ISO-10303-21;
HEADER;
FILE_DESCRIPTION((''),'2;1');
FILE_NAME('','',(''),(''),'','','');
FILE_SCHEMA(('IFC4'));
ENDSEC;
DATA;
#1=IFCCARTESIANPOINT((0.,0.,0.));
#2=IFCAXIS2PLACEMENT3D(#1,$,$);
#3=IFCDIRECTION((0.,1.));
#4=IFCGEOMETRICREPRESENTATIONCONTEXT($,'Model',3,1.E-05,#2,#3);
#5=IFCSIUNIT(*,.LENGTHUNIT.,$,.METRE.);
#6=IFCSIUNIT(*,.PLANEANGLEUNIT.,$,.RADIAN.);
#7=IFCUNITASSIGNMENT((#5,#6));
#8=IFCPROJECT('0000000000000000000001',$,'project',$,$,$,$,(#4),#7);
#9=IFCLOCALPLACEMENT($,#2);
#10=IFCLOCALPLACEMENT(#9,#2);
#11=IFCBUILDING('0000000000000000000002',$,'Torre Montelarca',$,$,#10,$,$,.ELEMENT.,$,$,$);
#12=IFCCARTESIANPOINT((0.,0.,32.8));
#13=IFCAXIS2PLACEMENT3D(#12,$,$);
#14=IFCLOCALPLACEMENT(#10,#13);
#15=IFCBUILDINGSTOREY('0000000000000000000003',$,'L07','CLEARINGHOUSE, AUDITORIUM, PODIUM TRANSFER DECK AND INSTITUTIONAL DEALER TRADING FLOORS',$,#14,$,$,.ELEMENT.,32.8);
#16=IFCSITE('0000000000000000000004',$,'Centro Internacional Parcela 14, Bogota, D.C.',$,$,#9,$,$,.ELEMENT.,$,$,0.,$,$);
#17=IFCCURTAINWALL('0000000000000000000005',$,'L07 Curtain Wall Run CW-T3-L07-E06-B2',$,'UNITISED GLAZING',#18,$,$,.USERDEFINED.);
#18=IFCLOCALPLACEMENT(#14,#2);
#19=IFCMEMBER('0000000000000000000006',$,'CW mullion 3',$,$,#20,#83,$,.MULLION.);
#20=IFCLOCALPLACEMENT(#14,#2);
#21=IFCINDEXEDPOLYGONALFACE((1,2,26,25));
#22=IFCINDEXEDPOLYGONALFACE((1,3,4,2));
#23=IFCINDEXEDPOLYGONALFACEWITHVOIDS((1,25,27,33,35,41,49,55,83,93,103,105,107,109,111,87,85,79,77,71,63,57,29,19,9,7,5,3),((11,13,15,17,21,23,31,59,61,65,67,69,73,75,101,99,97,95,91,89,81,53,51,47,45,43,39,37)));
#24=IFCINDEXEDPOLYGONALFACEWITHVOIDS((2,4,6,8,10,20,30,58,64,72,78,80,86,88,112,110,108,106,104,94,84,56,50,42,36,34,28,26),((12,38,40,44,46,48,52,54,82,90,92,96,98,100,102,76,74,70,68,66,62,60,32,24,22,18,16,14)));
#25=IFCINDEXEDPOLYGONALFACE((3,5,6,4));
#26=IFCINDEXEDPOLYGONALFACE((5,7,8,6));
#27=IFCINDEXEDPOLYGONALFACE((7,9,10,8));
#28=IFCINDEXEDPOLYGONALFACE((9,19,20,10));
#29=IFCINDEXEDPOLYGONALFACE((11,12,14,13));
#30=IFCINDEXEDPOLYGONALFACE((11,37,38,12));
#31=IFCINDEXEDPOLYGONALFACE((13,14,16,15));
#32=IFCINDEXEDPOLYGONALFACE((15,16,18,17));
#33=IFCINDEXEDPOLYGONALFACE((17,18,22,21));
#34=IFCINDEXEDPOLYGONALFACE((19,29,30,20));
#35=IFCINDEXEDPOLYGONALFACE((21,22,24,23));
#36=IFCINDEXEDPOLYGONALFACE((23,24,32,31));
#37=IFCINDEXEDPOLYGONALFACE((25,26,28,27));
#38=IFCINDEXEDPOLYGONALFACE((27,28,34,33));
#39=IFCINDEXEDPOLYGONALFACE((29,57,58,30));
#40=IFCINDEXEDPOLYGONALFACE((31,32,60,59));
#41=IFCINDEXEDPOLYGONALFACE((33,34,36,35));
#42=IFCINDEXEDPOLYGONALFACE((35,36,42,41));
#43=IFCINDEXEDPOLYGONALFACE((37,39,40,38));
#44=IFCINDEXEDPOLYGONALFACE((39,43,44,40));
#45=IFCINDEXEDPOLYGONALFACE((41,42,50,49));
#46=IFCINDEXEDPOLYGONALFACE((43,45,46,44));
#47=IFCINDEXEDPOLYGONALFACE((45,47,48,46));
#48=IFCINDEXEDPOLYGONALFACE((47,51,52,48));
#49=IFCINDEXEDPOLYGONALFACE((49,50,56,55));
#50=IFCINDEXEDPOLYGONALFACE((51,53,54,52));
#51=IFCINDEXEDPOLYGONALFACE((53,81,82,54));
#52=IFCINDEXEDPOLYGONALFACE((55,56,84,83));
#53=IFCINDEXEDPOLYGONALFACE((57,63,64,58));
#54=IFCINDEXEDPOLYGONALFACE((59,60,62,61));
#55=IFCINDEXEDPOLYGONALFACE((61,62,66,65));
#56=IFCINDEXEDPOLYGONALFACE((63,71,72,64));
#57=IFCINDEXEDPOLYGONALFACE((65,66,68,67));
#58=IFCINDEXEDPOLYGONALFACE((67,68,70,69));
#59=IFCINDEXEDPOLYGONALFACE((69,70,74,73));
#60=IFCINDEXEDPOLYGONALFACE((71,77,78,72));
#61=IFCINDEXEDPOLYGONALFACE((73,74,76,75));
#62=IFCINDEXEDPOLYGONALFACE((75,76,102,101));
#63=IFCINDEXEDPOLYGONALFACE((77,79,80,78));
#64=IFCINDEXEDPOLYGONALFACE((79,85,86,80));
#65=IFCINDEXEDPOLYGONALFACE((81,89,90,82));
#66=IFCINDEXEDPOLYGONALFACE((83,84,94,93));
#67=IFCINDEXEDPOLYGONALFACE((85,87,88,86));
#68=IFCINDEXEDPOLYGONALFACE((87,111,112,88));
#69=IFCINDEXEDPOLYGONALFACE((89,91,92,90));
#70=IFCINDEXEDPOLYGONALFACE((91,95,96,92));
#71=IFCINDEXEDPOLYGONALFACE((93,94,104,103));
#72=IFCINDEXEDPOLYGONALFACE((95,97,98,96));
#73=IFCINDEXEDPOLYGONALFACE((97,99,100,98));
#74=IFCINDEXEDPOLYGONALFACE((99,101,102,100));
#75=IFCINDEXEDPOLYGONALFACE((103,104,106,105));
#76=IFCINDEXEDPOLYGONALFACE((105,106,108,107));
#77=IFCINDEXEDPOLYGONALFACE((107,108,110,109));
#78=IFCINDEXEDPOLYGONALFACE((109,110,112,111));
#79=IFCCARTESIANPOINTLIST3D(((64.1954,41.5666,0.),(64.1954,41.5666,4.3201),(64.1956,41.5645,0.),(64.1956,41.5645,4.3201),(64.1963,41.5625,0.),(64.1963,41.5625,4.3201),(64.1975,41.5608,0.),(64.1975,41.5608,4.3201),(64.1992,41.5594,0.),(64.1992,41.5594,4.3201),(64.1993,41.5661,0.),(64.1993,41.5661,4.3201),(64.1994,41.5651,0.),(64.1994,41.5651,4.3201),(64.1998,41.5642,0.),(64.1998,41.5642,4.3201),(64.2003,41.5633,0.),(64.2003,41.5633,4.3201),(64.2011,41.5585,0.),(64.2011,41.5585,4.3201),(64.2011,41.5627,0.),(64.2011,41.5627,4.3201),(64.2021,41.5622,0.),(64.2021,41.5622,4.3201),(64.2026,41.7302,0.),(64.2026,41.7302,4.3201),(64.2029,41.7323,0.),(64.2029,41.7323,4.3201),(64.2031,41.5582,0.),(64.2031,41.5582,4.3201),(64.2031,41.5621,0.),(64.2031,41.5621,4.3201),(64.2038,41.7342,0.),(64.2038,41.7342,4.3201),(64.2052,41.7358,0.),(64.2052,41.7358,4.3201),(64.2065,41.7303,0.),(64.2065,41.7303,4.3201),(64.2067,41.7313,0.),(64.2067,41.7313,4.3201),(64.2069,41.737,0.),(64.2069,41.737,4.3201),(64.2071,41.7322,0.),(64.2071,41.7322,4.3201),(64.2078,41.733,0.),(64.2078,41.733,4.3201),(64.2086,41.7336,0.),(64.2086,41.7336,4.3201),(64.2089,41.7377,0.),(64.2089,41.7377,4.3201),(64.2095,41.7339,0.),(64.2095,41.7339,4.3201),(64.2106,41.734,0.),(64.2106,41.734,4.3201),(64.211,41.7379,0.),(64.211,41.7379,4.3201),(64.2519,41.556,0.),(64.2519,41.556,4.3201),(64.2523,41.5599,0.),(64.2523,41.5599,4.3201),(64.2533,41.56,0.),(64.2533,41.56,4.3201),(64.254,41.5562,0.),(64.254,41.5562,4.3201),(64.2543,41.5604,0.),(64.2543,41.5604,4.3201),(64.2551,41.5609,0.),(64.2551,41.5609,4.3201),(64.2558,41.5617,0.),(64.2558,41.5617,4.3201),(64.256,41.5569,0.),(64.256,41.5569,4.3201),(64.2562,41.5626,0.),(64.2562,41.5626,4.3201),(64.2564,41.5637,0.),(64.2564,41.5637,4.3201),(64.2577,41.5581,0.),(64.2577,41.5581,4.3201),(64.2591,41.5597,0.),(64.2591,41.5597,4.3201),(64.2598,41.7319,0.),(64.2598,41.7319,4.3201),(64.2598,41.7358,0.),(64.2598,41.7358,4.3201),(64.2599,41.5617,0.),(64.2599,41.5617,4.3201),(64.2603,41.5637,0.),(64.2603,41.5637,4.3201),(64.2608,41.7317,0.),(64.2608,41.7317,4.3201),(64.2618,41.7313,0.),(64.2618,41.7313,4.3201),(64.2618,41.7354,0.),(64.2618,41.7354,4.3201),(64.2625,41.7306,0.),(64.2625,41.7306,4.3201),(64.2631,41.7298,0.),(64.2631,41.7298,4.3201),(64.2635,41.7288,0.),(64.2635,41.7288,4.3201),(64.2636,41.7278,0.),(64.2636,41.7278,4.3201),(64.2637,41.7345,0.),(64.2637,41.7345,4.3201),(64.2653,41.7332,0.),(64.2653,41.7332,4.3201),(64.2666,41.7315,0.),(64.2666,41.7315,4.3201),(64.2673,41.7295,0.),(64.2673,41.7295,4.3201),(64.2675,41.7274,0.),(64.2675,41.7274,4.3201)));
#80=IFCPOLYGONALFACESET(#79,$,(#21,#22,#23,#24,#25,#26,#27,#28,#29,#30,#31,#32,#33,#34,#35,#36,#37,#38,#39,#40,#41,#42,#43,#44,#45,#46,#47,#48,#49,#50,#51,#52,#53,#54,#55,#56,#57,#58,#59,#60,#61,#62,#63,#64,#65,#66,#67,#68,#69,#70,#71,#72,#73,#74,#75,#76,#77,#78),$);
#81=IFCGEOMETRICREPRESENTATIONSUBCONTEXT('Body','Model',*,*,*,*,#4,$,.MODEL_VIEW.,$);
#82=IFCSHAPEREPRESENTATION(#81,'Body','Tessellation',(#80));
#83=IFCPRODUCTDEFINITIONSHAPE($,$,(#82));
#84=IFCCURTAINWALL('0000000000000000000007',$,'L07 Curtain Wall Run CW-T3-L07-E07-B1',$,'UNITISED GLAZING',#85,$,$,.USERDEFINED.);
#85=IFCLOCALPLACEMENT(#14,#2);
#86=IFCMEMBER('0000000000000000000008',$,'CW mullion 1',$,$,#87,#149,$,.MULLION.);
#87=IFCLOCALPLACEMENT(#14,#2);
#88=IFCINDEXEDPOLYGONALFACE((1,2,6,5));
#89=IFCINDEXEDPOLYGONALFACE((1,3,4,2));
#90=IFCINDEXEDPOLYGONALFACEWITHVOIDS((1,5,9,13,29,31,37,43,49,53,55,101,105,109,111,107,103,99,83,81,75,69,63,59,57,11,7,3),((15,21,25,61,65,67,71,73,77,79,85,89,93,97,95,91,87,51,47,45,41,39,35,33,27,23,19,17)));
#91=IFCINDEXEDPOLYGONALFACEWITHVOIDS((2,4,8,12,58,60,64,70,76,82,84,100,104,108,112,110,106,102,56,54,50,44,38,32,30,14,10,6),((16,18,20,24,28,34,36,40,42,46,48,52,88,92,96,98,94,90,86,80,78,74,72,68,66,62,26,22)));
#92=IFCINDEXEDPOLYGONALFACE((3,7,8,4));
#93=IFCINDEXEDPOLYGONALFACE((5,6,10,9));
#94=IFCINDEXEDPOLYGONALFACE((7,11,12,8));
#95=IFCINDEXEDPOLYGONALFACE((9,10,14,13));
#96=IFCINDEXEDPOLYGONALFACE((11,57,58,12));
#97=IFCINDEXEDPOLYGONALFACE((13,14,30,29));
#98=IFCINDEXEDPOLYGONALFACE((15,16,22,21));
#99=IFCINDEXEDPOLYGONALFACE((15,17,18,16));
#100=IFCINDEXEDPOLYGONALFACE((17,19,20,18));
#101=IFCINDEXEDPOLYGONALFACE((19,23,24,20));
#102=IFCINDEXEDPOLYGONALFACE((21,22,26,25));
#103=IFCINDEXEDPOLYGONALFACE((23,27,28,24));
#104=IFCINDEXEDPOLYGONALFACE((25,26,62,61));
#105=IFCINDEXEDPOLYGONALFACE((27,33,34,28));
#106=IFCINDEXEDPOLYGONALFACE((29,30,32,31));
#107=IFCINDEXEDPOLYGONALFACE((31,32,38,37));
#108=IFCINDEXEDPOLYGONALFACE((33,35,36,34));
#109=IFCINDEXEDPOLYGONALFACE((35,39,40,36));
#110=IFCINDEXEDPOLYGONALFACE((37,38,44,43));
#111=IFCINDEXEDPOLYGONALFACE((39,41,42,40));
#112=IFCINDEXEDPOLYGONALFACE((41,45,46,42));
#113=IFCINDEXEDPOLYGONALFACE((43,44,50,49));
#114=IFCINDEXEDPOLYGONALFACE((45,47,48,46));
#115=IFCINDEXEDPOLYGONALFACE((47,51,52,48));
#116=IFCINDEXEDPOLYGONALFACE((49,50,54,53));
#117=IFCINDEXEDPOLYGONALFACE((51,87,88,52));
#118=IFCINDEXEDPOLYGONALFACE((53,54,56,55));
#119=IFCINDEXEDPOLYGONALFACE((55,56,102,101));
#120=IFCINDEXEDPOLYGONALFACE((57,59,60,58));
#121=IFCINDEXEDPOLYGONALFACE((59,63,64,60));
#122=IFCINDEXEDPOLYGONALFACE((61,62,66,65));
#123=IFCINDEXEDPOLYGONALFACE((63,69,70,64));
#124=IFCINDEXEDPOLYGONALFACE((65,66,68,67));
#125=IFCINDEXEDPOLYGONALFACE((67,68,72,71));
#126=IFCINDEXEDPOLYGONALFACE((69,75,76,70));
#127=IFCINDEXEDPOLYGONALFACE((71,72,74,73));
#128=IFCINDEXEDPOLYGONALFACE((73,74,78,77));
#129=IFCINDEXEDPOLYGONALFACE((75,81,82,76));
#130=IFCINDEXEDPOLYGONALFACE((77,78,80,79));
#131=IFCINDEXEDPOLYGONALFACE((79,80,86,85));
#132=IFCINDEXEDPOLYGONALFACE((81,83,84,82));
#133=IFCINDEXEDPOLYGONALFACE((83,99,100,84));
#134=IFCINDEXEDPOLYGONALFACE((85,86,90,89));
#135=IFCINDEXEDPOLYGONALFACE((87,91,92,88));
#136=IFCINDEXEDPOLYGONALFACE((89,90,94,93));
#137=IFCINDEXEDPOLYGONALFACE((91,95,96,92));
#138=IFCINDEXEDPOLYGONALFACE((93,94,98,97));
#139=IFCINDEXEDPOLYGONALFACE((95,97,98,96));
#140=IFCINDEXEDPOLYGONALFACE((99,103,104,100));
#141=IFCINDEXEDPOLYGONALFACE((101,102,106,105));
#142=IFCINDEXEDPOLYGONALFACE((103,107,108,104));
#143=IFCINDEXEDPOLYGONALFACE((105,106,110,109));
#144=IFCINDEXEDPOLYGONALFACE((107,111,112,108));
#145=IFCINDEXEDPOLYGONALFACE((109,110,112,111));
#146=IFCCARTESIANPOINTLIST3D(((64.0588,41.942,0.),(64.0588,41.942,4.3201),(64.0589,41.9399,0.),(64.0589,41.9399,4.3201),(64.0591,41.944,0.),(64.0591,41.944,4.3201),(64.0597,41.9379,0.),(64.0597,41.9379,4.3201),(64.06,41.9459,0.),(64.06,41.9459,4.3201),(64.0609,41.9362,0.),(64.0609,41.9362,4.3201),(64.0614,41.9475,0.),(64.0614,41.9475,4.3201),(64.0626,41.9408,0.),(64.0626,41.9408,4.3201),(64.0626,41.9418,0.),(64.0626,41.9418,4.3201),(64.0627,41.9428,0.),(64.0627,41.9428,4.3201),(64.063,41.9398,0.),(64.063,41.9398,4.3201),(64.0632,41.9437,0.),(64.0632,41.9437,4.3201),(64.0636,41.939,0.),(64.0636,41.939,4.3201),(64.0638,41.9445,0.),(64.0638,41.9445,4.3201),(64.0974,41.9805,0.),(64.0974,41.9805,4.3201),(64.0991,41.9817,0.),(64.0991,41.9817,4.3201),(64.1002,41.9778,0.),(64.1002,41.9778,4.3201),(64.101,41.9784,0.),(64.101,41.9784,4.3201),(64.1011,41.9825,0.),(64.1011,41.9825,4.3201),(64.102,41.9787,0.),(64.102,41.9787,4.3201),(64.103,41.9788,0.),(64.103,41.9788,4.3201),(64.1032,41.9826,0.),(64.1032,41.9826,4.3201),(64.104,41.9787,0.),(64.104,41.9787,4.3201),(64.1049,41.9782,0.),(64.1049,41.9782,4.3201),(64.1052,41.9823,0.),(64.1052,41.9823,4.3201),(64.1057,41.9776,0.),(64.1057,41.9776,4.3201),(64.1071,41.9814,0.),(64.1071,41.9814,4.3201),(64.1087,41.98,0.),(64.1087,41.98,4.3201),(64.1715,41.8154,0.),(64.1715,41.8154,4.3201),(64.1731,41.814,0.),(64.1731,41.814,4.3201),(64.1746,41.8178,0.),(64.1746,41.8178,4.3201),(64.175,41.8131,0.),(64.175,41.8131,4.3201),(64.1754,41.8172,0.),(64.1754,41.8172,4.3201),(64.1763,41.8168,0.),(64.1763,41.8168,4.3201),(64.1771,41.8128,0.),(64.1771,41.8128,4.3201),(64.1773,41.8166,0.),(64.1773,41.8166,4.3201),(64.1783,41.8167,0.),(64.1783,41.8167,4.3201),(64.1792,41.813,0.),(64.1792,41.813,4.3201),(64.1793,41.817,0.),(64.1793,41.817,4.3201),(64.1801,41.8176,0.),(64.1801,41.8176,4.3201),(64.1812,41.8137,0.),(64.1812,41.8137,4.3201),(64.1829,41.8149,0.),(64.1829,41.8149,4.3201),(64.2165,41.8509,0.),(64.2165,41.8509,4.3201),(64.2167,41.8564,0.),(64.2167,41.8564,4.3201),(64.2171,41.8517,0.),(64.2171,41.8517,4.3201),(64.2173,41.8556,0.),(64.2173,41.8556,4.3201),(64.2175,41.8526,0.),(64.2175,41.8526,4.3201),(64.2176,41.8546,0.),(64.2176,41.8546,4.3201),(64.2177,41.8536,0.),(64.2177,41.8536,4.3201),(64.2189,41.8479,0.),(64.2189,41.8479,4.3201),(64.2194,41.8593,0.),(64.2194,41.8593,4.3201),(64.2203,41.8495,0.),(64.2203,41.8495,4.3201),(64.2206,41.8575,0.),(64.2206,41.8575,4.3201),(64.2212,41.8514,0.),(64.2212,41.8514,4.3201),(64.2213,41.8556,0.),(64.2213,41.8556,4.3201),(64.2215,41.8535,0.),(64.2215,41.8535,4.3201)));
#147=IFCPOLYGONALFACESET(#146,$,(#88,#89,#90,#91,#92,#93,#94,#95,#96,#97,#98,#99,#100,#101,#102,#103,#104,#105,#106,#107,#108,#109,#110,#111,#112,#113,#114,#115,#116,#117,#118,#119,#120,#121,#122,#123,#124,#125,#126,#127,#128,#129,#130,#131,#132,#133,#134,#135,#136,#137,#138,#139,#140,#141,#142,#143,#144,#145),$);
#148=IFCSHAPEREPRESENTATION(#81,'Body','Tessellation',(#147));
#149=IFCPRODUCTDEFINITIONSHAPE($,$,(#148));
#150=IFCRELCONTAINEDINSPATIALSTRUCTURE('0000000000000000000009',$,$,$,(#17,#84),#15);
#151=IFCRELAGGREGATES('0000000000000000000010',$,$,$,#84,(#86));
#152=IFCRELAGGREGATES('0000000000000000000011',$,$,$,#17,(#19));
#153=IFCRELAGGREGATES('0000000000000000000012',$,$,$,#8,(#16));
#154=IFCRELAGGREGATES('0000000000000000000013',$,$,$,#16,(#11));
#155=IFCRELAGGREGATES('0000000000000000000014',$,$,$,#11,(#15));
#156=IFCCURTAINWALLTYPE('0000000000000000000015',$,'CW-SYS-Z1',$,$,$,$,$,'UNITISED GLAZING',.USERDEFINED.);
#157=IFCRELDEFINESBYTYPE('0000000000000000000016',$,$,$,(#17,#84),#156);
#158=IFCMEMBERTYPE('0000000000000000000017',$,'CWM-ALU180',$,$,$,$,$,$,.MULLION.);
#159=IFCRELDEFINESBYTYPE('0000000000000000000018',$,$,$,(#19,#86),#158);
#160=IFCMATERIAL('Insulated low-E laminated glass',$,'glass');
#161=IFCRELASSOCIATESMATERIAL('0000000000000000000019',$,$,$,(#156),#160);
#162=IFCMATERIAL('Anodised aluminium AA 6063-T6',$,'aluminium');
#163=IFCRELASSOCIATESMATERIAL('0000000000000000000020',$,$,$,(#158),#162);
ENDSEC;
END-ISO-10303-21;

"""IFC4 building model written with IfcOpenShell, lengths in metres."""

from ifc_helpers import new_model, si_unit, direction, frame, origin, origin_2d, place, context, subcontext, project, spatial, hollow_rectangle, extrude, source, transform, mapped, material, material_profile, profile_set, type_object, element, aggregate, save


model = new_model("IFC4")

# Units and contexts
model_context = context("Model", 3, precision=1e-05, world=origin(), true_north=direction((0.0, 1.0)))
body_context = subcontext(model_context, "Body", "Model", "MODEL_VIEW")
ifc_project = project(units=[si_unit("LENGTHUNIT", "METRE"), si_unit("PLANEANGLEUNIT", "RADIAN")], contexts=[model_context])

# Site, building, storey
site_placement = place(None, origin())
site = spatial("IfcSite", under=ifc_project, at=site_placement, Name="Centro Internacional Parcela 14, Bogota, D.C.", CompositionType="ELEMENT", RefElevation=0.0)
building_placement = place(site_placement, origin())
building = spatial("IfcBuilding", under=site, at=building_placement, Name="Torre Montelarca", CompositionType="ELEMENT")
storey_placement = place(building_placement, frame((0.0, 0.0, 32.8)))
storey = spatial("IfcBuildingStorey", under=building, at=storey_placement, Name="L07", Description="CLEARINGHOUSE, AUDITORIUM, PODIUM TRANSFER DECK AND INSTITUTIONAL DEALER TRADING FLOORS", CompositionType="ELEMENT", Elevation=32.8)

# Curtain walls, members
ifc_material_1 = material(Name="Insulated low-E laminated glass", Category="glass")
curtain_wall_type = type_object("IfcCurtainWallType", Name="CW-SYS-Z1", ElementType="UNITISED GLAZING", PredefinedType="USERDEFINED", material=ifc_material_1)
curtain_wall_1_placement = place(storey_placement, origin())
curtain_wall_1 = element("IfcCurtainWall", 1, at=curtain_wall_1_placement, inside=storey, type_object=curtain_wall_type, Name="L07 Curtain Wall Run CW-T3-L07-E06-B2", ObjectType="UNITISED GLAZING", PredefinedType="USERDEFINED")
ifc_material_2 = material(Name="Anodised aluminium AA 6063-T6", Category="aluminium")
ifc_material_profile_1 = material_profile(ifc_material_2, hollow_rectangle(XDim=0.0649, YDim=0.1799, WallThickness=0.0039, InnerFilletRadius=0.0039, OuterFilletRadius=0.0081, at=origin_2d()), Name="ALU65X180X4", Category="aluminium")
ifc_profile_set_1 = profile_set([ifc_material_profile_1], Name="Anodised aluminium AA 6063-T6")
member_type_1 = type_object("IfcMemberType", Name="CWM-ALU180", PredefinedType="MULLION", material=ifc_profile_set_1)
shared_shape_1 = source(origin(), body_context, "Body", "SweptSolid", [
    extrude(hollow_rectangle(XDim=0.0649, YDim=0.1799, WallThickness=0.0039, InnerFilletRadius=0.0039, OuterFilletRadius=0.0081, at=origin_2d()), origin(), (0.0, 0.0, 1.0), 4.3201),
])
member_1_placement = place(storey_placement, frame((64.2314, 41.647, 0.0), z_axis=(0.0, 0.0, 1.0), x_axis=(-0.999048, 0.04362, 0.0)))
member_1 = element("IfcMember", 2, at=member_1_placement, type_object=member_type_1, Name="CW mullion 3", PredefinedType="MULLION", context=body_context, shape_type="MappedRepresentation", body=[
    mapped(shared_shape_1, transform((0.0, 0.0, 0.0), scale=1.0)),
])
curtain_wall_2_placement = place(storey_placement, origin())
curtain_wall_2 = element("IfcCurtainWall", 3, at=curtain_wall_2_placement, inside=storey, type_object=curtain_wall_type, Name="L07 Curtain Wall Run CW-T3-L07-E07-B1", ObjectType="UNITISED GLAZING", PredefinedType="USERDEFINED")
member_2_placement = place(storey_placement, frame((64.1401, 41.8977, 0.0), z_axis=(0.0, 0.0, 1.0), x_axis=(-0.737292, -0.675574, 0.0)))
member_2 = element("IfcMember", 4, at=member_2_placement, type_object=member_type_1, Name="CW mullion 1", PredefinedType="MULLION", context=body_context, shape_type="MappedRepresentation", body=[
    mapped(shared_shape_1, transform((0.0, 0.0, 0.0), scale=1.0)),
])

aggregate(curtain_wall_2, [member_2])
aggregate(curtain_wall_1, [member_1])

save(model, "model.ifc")
